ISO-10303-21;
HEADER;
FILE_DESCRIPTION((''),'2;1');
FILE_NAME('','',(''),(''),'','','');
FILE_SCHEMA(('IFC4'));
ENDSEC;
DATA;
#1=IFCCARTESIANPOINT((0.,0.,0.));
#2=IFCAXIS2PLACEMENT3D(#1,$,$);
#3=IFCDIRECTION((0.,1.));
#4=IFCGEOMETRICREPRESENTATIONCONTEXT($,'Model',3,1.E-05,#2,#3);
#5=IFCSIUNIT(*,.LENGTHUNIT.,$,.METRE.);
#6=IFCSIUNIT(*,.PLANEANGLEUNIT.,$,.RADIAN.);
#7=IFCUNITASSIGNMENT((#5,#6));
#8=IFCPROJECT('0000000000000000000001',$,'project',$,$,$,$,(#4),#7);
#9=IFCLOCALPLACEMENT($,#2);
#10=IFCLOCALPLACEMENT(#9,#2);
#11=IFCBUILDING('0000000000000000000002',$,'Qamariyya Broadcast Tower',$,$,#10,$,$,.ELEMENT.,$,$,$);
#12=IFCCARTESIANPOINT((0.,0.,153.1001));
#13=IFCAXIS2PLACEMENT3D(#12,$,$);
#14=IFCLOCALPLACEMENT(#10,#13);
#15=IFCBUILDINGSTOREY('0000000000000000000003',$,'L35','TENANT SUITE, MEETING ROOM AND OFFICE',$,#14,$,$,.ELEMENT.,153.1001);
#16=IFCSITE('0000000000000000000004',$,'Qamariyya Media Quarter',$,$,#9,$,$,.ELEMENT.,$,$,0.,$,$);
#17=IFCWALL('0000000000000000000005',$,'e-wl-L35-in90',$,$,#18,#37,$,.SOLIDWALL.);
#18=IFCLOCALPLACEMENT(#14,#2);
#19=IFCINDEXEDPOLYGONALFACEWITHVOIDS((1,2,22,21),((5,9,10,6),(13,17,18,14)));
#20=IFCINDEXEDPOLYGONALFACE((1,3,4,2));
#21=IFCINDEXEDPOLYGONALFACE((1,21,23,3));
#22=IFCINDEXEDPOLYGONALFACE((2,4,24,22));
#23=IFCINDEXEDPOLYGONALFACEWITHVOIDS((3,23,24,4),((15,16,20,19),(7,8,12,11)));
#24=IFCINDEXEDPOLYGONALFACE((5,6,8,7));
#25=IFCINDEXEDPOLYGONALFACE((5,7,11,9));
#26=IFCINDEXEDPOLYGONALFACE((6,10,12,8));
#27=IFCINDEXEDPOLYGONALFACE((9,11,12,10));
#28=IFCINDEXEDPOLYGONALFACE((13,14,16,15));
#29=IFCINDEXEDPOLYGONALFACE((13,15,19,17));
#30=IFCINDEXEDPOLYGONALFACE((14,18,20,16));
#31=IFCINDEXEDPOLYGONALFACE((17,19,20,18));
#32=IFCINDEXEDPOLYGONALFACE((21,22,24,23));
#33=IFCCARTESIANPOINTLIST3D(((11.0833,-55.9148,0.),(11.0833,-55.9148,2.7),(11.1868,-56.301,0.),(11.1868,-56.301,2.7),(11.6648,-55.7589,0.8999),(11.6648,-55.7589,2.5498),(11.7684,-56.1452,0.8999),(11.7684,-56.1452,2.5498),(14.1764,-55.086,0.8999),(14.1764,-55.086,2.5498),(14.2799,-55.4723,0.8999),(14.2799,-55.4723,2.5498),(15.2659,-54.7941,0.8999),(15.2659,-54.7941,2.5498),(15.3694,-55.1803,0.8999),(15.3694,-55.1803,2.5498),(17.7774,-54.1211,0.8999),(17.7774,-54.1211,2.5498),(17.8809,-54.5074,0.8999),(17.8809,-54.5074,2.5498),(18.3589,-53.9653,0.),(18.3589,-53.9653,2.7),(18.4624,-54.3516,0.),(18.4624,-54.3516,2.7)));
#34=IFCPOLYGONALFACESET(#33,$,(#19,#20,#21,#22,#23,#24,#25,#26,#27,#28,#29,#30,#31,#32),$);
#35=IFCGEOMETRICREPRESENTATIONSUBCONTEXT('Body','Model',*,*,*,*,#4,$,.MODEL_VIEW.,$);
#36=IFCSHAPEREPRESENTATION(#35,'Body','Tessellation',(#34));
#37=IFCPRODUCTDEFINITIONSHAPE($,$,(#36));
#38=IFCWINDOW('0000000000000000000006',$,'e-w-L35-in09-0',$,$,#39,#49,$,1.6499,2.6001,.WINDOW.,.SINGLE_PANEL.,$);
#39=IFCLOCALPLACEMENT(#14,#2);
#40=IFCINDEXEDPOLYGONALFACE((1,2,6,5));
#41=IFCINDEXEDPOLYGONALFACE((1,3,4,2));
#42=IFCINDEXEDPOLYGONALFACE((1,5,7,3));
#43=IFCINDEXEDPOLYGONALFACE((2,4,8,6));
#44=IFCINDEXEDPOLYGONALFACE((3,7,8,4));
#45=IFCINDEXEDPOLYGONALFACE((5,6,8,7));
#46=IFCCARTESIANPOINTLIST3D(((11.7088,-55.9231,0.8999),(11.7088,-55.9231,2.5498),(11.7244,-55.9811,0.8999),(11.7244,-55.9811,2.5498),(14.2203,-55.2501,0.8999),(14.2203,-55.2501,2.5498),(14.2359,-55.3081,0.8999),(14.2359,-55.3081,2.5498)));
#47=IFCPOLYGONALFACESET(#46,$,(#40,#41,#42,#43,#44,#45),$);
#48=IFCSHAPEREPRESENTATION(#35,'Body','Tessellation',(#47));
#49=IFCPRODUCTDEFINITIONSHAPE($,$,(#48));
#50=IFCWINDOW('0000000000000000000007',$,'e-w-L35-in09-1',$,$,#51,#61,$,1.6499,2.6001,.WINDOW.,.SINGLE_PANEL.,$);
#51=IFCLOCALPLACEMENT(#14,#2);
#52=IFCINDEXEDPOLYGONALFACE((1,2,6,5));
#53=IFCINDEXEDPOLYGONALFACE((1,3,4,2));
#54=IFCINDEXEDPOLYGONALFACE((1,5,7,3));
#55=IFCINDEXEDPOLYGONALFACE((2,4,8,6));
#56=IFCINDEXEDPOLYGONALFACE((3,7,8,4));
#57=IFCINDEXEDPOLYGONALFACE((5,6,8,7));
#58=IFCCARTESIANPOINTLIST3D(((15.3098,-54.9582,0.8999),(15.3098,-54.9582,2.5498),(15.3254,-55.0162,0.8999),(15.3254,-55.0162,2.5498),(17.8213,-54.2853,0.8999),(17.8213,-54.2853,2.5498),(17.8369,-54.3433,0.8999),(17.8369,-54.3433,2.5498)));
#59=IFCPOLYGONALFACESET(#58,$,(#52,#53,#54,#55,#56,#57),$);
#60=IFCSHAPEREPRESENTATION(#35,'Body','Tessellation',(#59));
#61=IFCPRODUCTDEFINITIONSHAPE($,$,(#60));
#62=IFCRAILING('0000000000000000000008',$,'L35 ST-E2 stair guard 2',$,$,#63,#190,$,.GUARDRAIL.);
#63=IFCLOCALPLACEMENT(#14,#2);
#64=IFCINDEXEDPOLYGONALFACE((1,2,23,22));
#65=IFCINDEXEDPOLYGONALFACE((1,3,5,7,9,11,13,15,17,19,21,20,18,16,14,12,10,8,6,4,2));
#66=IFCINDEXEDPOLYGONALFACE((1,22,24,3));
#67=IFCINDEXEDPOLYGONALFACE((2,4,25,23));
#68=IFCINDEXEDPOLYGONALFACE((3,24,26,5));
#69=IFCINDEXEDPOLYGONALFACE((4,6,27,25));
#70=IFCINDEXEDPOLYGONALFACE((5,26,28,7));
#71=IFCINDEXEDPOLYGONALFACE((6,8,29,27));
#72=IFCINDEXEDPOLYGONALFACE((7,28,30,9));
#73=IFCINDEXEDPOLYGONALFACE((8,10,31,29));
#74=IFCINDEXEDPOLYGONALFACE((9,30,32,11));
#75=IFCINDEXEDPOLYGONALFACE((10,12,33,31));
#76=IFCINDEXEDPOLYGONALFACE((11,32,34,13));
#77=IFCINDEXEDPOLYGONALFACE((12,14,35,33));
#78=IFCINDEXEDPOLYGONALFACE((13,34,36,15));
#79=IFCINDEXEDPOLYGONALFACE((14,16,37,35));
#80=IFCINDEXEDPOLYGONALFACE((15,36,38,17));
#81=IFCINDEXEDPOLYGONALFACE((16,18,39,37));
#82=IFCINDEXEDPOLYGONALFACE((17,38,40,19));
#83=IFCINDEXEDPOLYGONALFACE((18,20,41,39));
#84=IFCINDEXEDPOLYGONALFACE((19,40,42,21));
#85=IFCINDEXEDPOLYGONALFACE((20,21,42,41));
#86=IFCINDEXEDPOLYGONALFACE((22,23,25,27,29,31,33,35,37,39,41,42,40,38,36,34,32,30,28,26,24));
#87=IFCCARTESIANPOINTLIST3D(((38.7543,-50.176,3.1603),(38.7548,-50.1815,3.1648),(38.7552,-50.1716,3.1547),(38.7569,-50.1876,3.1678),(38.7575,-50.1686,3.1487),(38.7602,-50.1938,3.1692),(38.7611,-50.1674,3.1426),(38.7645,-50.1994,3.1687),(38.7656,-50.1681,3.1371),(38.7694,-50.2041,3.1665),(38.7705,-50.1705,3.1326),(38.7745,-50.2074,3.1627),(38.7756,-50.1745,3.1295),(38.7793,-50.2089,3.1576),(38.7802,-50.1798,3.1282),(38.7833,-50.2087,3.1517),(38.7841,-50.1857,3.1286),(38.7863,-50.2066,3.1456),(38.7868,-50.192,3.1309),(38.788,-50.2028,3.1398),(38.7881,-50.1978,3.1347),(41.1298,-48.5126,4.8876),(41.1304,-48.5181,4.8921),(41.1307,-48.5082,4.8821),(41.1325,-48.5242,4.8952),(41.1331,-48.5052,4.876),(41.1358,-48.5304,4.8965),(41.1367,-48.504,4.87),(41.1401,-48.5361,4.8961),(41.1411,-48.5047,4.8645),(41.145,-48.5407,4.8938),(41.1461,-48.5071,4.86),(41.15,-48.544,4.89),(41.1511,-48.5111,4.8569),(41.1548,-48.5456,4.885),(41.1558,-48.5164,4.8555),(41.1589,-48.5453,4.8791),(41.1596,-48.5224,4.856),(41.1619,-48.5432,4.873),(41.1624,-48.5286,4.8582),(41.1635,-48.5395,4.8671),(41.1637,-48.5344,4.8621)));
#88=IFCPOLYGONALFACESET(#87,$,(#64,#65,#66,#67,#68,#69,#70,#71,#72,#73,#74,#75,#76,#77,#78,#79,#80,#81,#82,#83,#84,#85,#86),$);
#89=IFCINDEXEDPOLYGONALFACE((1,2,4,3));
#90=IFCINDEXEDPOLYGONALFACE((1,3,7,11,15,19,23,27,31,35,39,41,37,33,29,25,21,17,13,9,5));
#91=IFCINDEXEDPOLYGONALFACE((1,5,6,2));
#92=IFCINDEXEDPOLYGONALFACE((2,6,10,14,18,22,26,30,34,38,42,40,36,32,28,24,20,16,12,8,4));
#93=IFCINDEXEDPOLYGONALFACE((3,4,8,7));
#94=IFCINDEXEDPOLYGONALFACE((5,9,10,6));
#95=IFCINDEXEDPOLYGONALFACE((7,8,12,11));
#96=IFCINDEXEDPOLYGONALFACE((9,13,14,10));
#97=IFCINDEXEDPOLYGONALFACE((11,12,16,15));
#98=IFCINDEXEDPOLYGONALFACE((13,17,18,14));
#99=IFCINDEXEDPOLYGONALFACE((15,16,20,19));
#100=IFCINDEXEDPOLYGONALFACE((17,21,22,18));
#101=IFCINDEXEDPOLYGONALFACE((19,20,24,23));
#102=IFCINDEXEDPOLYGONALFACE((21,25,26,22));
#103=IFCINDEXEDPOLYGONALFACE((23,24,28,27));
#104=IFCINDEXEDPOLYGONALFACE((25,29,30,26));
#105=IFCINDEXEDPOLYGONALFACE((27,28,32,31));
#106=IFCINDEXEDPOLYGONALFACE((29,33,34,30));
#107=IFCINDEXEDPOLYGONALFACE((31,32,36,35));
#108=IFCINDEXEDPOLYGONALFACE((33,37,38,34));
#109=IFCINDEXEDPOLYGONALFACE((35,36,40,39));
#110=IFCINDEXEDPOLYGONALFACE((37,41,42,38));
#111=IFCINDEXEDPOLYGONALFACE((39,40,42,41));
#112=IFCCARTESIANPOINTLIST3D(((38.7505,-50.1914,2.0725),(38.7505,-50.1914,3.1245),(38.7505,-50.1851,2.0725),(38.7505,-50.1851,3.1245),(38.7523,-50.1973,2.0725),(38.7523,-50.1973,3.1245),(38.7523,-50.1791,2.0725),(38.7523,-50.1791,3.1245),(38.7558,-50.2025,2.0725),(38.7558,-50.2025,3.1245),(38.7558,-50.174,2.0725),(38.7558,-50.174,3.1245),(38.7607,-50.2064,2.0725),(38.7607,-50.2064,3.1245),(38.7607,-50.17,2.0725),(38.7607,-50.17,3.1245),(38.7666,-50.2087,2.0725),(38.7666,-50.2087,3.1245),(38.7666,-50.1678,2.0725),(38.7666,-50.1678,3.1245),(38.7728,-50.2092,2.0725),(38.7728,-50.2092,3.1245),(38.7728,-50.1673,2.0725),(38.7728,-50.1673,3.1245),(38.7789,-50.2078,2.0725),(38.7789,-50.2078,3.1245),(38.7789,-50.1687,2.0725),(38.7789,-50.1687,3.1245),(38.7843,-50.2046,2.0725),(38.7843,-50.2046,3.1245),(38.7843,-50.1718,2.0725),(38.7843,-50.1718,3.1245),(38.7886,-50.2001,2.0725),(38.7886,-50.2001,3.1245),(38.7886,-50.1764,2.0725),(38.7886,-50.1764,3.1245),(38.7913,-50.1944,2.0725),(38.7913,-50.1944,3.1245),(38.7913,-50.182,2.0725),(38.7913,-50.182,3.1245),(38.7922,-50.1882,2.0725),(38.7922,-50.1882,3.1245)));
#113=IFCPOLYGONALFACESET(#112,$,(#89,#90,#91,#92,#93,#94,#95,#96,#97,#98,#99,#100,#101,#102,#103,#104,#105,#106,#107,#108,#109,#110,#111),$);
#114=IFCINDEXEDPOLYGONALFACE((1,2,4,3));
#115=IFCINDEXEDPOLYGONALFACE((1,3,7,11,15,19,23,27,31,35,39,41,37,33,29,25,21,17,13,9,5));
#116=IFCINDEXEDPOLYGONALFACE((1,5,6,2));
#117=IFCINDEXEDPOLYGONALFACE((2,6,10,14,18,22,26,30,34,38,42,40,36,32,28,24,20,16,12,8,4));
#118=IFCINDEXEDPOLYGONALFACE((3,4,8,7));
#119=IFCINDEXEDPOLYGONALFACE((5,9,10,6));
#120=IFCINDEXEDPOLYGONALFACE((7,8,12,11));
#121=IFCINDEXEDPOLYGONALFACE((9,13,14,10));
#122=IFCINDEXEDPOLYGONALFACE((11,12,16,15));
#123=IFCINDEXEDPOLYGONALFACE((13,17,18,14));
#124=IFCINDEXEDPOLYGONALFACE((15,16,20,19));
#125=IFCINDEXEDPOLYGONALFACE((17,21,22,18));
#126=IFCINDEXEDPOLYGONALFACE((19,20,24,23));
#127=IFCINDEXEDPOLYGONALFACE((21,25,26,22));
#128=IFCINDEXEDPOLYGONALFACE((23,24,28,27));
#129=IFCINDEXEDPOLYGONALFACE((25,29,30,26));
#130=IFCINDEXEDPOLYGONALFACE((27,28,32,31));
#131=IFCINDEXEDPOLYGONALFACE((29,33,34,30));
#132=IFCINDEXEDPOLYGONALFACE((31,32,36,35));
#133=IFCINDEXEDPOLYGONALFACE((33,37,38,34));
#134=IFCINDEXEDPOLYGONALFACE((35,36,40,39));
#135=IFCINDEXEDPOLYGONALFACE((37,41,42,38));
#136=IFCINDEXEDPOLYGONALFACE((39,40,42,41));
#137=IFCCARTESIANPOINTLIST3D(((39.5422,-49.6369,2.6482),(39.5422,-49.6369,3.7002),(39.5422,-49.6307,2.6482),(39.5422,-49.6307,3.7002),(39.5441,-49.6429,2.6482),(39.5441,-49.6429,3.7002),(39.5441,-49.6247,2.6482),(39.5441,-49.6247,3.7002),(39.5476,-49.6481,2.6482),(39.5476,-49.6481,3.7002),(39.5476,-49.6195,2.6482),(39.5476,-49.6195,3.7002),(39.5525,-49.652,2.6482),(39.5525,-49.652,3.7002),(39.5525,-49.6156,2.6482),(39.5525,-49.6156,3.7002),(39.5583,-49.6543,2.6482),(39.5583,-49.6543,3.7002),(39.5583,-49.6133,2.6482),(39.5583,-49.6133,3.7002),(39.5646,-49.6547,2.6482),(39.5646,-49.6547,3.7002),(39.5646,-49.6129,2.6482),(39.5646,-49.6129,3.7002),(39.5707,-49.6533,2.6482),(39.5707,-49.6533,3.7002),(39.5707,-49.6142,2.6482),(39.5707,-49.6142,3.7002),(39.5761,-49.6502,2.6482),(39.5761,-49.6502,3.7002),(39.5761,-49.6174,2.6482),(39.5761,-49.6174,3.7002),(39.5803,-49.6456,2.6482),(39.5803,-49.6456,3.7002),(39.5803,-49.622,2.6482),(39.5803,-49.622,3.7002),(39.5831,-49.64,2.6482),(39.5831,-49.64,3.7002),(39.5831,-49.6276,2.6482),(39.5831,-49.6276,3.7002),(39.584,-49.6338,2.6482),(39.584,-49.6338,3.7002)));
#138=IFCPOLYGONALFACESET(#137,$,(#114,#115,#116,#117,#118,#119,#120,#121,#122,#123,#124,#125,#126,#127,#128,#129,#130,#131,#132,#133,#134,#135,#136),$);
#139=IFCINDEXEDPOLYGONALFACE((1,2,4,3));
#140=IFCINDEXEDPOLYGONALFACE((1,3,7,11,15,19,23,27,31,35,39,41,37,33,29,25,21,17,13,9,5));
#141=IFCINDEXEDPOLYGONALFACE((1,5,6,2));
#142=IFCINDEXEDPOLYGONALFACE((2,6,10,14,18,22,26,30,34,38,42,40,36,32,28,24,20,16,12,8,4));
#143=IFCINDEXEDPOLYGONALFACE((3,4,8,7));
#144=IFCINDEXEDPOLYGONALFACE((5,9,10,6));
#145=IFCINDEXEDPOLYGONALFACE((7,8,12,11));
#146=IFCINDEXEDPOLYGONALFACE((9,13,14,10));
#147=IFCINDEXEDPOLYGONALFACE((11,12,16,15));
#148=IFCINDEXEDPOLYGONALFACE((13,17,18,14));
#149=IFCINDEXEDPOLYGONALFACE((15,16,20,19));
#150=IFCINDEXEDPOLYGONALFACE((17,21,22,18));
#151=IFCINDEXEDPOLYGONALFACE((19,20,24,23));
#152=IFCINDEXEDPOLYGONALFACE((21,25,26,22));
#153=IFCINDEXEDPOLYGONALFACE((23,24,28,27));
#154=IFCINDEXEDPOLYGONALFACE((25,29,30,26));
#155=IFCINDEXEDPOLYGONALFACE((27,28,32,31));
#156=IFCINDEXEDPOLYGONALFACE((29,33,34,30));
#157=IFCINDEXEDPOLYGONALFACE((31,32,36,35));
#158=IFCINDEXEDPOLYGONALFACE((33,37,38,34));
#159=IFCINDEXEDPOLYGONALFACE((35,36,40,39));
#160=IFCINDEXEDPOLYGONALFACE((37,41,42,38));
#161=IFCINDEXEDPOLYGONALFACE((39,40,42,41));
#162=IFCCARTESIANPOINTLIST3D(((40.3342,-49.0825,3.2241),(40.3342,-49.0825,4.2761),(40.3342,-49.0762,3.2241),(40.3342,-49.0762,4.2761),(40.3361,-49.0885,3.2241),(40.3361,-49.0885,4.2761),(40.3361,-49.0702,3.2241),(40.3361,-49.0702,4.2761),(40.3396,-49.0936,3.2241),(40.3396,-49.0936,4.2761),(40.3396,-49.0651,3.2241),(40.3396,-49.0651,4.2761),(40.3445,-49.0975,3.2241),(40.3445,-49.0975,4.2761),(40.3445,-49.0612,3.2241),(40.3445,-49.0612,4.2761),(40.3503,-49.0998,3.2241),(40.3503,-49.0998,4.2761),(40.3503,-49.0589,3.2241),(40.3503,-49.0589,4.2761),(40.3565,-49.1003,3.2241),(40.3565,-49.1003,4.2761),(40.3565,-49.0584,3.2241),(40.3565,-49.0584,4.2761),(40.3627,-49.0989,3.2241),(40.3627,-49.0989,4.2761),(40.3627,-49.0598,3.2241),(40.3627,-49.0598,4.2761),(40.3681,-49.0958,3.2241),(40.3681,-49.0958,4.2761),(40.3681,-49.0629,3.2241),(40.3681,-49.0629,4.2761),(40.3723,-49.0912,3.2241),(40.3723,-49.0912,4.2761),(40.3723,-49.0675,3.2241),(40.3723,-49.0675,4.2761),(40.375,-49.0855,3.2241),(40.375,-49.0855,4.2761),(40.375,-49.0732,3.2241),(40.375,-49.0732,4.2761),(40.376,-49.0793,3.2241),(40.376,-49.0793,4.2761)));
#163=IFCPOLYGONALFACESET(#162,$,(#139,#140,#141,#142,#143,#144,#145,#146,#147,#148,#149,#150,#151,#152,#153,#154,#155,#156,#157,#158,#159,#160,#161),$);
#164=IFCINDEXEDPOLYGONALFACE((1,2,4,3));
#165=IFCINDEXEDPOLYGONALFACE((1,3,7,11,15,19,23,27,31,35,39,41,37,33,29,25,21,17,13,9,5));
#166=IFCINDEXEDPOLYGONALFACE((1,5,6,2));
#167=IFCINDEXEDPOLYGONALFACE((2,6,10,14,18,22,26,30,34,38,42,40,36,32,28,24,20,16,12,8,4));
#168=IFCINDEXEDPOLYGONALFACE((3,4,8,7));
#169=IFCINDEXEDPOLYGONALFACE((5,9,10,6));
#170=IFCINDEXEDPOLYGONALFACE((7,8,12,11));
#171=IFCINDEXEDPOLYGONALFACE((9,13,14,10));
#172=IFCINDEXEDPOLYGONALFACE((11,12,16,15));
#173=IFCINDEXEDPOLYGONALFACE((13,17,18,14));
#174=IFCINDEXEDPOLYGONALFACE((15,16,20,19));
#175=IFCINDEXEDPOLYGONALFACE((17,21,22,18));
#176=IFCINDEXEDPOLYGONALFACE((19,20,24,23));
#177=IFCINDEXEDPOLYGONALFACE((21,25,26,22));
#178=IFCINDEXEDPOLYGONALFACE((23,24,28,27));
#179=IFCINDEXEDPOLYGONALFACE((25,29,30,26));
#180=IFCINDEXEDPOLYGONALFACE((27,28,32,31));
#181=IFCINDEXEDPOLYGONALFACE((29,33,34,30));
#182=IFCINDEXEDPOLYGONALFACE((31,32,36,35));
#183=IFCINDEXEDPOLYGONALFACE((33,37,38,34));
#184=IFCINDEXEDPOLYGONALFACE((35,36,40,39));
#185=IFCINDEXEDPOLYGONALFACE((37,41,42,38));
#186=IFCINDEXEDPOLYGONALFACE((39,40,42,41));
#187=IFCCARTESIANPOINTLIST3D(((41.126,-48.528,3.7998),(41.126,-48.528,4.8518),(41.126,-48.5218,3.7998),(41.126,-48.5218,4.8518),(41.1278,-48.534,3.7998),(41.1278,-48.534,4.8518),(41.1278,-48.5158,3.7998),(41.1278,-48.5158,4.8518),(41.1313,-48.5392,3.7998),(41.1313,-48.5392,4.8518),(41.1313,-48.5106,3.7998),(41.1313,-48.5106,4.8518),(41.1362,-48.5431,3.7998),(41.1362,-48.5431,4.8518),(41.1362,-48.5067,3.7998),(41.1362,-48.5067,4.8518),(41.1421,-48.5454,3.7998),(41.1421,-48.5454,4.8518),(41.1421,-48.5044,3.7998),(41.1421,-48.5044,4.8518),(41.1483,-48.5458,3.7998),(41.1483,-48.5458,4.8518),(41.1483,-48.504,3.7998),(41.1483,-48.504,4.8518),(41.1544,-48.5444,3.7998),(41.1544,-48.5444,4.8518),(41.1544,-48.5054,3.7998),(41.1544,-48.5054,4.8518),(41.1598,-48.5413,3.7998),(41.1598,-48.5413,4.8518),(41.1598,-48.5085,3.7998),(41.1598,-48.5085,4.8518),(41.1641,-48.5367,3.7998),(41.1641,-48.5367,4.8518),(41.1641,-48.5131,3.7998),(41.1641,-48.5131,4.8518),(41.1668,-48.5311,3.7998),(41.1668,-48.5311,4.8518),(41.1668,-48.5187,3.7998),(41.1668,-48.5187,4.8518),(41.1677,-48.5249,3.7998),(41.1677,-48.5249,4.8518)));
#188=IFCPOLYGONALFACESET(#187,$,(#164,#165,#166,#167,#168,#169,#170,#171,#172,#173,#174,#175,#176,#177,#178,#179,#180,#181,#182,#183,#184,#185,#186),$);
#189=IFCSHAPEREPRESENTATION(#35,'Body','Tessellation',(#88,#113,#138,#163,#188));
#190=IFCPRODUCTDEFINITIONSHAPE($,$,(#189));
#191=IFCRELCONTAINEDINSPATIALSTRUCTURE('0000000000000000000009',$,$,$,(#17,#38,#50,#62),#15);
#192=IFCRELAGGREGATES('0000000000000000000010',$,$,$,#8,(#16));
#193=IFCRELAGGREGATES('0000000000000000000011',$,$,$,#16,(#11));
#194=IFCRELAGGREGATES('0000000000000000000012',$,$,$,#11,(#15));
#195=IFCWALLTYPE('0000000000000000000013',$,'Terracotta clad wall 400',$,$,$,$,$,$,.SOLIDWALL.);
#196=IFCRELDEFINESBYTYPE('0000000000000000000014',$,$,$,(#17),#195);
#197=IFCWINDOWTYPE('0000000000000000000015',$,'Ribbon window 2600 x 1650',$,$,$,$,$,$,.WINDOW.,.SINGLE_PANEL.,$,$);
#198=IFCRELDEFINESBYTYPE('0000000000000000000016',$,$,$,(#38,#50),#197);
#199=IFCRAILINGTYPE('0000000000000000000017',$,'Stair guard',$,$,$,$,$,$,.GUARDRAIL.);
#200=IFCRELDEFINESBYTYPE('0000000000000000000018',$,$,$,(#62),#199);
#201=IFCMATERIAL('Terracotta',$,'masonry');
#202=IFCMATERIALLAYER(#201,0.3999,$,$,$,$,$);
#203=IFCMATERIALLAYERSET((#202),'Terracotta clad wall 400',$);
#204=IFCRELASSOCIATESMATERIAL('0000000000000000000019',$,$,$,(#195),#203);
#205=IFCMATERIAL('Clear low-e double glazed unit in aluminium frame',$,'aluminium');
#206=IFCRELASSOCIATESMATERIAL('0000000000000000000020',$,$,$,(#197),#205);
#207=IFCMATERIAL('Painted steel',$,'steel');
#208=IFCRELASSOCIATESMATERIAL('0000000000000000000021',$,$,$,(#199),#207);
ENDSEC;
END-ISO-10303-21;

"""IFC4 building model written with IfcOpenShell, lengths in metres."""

from ifc_helpers import new_model, si_unit, direction, frame, frame_2d, origin, origin_2d, place, context, subcontext, project, spatial, rectangle, circle, extrude, material, layer, layer_set, type_object, element, fill, save


model = new_model("IFC4")

# Units and contexts
model_context = context("Model", 3, precision=1e-05, world=origin(), true_north=direction((0.0, 1.0)))
body_context = subcontext(model_context, "Body", "Model", "MODEL_VIEW")
ifc_project = project(units=[si_unit("LENGTHUNIT", "METRE"), si_unit("PLANEANGLEUNIT", "RADIAN")], contexts=[model_context])

# Site, building, storey
site_placement = place(None, origin())
site = spatial("IfcSite", under=ifc_project, at=site_placement, Name="Qamariyya Media Quarter", CompositionType="ELEMENT", RefElevation=0.0)
building_placement = place(site_placement, origin())
building = spatial("IfcBuilding", under=site, at=building_placement, Name="Qamariyya Broadcast Tower", CompositionType="ELEMENT")
storey_placement = place(building_placement, frame((0.0, 0.0, 153.1001)))
storey = spatial("IfcBuildingStorey", under=building, at=storey_placement, Name="L35", Description="TENANT SUITE, MEETING ROOM AND OFFICE", CompositionType="ELEMENT", Elevation=153.1001)

# Wall, openings, windows
ifc_material_1 = material(Name="Terracotta", Category="masonry")
ifc_layer_1 = layer(ifc_material_1, 0.3999)
ifc_layer_set_1 = layer_set([ifc_layer_1], Name="Terracotta clad wall 400")
wall_type_1 = type_object("IfcWallType", Name="Terracotta clad wall 400", PredefinedType="SOLIDWALL", material=ifc_layer_set_1)
ifc_material_2 = material(Name="Clear low-e double glazed unit in aluminium frame", Category="aluminium")
window_type = type_object("IfcWindowType", Name="Ribbon window 2600 x 1650", PartitioningType="SINGLE_PANEL", PredefinedType="WINDOW", material=ifc_material_2)
wall_1_placement = place(storey_placement, frame((18.4106, -54.1584, 0.0), z_axis=(0.0, 0.0, 1.0), x_axis=(-0.965927, -0.258814, 0.0)))
wall_1 = element("IfcWall", 1, at=wall_1_placement, inside=storey, type_object=wall_type_1, Name="e-wl-L35-in90", PredefinedType="SOLIDWALL", context=body_context, shape_type="SweptSolid", body=[
    extrude(rectangle(XDim=7.5322, YDim=0.3999, at=frame_2d((3.7661, 0.0))), origin(), (0.0, 0.0, 1.0), 2.7),
])
opening_1_placement = place(wall_1_placement, frame((4.3301, 0.0, 0.8999)))
opening_1 = element("IfcOpeningElement", 2, at=opening_1_placement, cuts=wall_1, PredefinedType="OPENING", context=body_context, shape_type="SweptSolid", body=[
    extrude(rectangle(XDim=2.6001, YDim=1.6499, at=frame_2d((1.3, 0.825))), frame((0.0, 0.21, 0.0), z_axis=(0.0, -1.0, 0.0), x_axis=(1.0, 0.0, 0.0)), (0.0, 0.0, 1.0), 0.4199),
])
opening_2_placement = place(wall_1_placement, frame((0.6021, 0.0, 0.8999)))
opening_2 = element("IfcOpeningElement", 3, at=opening_2_placement, cuts=wall_1, PredefinedType="OPENING", context=body_context, shape_type="SweptSolid", body=[
    extrude(rectangle(XDim=2.6001, YDim=1.6499, at=frame_2d((1.3, 0.825))), frame((0.0, 0.21, 0.0), z_axis=(0.0, -1.0, 0.0), x_axis=(1.0, 0.0, 0.0)), (0.0, 0.0, 1.0), 0.4199),
])
window_1_placement = place(opening_1_placement, origin())
window_1 = element("IfcWindow", 4, at=window_1_placement, inside=storey, type_object=window_type, Name="e-w-L35-in09-0", OverallHeight=1.6499, OverallWidth=2.6001, PartitioningType="SINGLE_PANEL", PredefinedType="WINDOW", context=body_context, shape_type="SweptSolid", body=[
    extrude(rectangle(XDim=2.6001, YDim=1.6499, at=frame_2d((1.3, 0.825))), frame((0.0, 0.03, 0.0), z_axis=(0.0, -1.0, 0.0), x_axis=(1.0, 0.0, 0.0)), (0.0, 0.0, 1.0), 0.0601),
])
fill(opening_1, window_1)
window_2_placement = place(opening_2_placement, origin())
window_2 = element("IfcWindow", 5, at=window_2_placement, inside=storey, type_object=window_type, Name="e-w-L35-in09-1", OverallHeight=1.6499, OverallWidth=2.6001, PartitioningType="SINGLE_PANEL", PredefinedType="WINDOW", context=body_context, shape_type="SweptSolid", body=[
    extrude(rectangle(XDim=2.6001, YDim=1.6499, at=frame_2d((1.3, 0.825))), frame((0.0, 0.03, 0.0), z_axis=(0.0, -1.0, 0.0), x_axis=(1.0, 0.0, 0.0)), (0.0, 0.0, 1.0), 0.0601),
])
fill(opening_2, window_2)

# Railing
ifc_material_3 = material(Name="Painted steel", Category="steel")
railing_type = type_object("IfcRailingType", Name="Stair guard", PredefinedType="GUARDRAIL", material=ifc_material_3)
railing_placement = place(storey_placement, frame((38.7712, -50.1882, 2.0725)))
element("IfcRailing", 6, at=railing_placement, inside=storey, type_object=railing_type, Name="L35 ST-E2 stair guard 2", PredefinedType="GUARDRAIL", context=body_context, shape_type="SweptSolid", body=[
    extrude(circle(Radius=0.0239, at=origin_2d()), frame((0.0, 0.0, 1.0762), z_axis=(0.70377, 0.492784, 0.511734), x_axis=(-0.573575, 0.819153, 0.0)), (0.0, 0.0, 1.0), 3.3755),
    extrude(circle(Radius=0.021, at=origin_2d()), origin(), (0.0, 0.0, 1.0), 1.052),
    extrude(circle(Radius=0.021, at=origin_2d()), frame((0.7917, 0.5544, 0.5757)), (0.0, 0.0, 1.0), 1.052),
    extrude(circle(Radius=0.021, at=origin_2d()), frame((1.5837, 1.1089, 1.1516)), (0.0, 0.0, 1.0), 1.052),
    extrude(circle(Radius=0.021, at=origin_2d()), frame((2.3755, 1.6633, 1.7273)), (0.0, 0.0, 1.0), 1.052),
])

save(model, "model.ifc")
